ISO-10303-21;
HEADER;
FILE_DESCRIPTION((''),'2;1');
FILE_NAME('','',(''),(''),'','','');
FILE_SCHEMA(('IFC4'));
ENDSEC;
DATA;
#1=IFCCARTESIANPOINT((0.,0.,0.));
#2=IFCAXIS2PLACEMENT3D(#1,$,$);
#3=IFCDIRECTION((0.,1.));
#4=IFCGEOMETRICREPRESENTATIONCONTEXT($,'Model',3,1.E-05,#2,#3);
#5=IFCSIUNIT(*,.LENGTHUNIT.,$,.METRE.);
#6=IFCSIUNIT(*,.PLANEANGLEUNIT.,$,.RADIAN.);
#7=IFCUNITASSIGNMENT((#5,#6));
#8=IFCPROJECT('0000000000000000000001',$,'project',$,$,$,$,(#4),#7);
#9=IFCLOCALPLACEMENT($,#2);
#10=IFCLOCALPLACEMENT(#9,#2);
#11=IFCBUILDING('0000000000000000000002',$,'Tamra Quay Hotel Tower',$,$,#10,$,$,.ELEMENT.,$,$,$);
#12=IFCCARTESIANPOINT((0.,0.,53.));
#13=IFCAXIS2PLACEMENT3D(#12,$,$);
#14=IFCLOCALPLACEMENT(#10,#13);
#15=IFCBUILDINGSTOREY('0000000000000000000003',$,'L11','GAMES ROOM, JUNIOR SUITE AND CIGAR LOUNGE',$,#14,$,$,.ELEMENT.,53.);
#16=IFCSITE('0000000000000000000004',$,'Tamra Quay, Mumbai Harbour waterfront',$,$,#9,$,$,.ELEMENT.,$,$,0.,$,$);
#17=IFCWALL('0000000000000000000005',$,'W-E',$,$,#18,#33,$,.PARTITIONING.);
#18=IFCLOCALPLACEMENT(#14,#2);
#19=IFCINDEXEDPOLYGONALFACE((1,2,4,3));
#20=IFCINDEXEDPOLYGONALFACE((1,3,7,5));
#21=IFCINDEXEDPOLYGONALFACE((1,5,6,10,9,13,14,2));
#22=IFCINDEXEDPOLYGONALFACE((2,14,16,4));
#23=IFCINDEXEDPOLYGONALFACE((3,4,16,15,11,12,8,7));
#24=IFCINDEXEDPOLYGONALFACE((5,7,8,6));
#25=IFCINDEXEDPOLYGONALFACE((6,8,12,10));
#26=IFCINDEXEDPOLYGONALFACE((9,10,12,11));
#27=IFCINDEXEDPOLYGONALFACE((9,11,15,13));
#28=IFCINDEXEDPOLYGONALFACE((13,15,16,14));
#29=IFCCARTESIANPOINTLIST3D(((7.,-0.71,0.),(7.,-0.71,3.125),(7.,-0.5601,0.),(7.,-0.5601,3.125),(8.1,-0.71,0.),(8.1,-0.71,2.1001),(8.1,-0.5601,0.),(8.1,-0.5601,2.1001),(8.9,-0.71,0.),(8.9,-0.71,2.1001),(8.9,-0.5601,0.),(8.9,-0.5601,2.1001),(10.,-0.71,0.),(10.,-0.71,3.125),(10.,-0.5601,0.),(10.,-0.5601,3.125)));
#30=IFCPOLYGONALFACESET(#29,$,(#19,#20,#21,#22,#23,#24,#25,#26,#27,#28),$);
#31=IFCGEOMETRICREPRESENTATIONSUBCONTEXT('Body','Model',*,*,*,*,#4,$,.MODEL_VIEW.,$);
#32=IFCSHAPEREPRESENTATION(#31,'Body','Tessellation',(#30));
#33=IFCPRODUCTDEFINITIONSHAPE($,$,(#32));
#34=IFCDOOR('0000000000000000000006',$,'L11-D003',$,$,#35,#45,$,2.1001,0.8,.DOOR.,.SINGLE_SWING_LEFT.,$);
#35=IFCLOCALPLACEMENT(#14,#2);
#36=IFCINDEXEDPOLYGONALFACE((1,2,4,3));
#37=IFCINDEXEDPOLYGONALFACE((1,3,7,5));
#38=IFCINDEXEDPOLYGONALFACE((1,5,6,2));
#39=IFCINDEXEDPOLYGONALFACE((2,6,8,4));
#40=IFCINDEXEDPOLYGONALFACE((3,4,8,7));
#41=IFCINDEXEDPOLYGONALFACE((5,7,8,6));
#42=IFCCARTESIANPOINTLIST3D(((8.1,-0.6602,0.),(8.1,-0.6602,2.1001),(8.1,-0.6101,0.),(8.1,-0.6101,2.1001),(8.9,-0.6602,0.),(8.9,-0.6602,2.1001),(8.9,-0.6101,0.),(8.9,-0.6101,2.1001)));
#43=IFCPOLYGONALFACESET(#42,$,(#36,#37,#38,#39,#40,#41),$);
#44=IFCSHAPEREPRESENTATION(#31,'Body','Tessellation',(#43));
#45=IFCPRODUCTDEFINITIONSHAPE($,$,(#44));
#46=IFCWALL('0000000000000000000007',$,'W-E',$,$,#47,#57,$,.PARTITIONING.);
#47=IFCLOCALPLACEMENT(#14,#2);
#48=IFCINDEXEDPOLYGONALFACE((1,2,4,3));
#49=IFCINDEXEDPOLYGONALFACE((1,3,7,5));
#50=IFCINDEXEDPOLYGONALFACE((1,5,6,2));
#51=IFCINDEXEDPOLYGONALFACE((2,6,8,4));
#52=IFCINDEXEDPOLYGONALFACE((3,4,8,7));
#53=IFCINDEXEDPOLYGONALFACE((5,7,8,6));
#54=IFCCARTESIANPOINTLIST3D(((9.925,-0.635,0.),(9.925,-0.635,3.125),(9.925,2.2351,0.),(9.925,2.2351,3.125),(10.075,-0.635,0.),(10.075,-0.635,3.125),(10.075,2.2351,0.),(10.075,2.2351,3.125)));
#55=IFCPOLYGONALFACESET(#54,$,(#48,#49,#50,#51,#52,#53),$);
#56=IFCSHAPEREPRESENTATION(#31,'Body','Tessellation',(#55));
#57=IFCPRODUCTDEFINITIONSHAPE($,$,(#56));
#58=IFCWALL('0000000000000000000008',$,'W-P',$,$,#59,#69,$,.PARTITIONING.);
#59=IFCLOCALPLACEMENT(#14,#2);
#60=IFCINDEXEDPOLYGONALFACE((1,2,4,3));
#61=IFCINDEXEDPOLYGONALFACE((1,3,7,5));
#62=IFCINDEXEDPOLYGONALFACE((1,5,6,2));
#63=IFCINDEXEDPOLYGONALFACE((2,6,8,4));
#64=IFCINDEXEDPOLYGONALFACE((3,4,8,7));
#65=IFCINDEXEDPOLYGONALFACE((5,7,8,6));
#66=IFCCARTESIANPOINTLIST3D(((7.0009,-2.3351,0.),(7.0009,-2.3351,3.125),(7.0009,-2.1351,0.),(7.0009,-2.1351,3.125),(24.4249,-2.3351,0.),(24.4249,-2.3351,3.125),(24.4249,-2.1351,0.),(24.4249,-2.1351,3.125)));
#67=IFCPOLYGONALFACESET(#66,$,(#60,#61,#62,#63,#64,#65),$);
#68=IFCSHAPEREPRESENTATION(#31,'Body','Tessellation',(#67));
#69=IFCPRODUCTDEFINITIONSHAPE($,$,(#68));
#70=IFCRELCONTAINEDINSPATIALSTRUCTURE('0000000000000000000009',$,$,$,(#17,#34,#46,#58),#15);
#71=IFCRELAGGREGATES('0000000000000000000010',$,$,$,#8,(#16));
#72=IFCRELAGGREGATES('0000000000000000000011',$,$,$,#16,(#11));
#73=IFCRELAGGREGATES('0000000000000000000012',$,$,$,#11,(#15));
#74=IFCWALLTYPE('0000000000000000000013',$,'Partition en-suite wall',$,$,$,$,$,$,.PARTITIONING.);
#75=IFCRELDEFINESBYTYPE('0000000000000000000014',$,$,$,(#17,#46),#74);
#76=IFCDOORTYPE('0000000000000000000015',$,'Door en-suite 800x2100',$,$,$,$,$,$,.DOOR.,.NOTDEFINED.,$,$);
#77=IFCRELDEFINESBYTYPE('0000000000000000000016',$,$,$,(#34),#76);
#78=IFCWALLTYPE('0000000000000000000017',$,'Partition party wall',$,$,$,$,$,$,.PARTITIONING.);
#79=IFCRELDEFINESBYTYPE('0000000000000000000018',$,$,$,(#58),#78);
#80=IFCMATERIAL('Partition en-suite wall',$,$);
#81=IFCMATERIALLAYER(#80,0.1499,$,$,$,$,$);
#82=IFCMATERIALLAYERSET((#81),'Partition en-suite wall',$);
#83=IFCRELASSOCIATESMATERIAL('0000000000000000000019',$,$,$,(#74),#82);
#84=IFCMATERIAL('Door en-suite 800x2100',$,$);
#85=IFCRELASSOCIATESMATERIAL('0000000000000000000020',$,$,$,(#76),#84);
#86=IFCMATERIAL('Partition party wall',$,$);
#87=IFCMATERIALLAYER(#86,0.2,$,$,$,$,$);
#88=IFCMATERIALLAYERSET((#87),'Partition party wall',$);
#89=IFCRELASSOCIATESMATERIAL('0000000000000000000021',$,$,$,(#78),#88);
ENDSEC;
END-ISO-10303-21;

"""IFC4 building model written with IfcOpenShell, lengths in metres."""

from ifc_helpers import new_model, si_unit, direction, frame, frame_2d, origin, place, context, subcontext, project, spatial, rectangle, extrude, material, layer, layer_set, type_object, element, fill, save


model = new_model("IFC4")

# Units and contexts
model_context = context("Model", 3, precision=1e-05, world=origin(), true_north=direction((0.0, 1.0)))
body_context = subcontext(model_context, "Body", "Model", "MODEL_VIEW")
ifc_project = project(units=[si_unit("LENGTHUNIT", "METRE"), si_unit("PLANEANGLEUNIT", "RADIAN")], contexts=[model_context])

# Site, building, storey
site_placement = place(None, origin())
site = spatial("IfcSite", under=ifc_project, at=site_placement, Name="Tamra Quay, Mumbai Harbour waterfront", CompositionType="ELEMENT", RefElevation=0.0)
building_placement = place(site_placement, origin())
building = spatial("IfcBuilding", under=site, at=building_placement, Name="Tamra Quay Hotel Tower", CompositionType="ELEMENT")
storey_placement = place(building_placement, frame((0.0, 0.0, 53.0)))
storey = spatial("IfcBuildingStorey", under=building, at=storey_placement, Name="L11", Description="GAMES ROOM, JUNIOR SUITE AND CIGAR LOUNGE", CompositionType="ELEMENT", Elevation=53.0)

# Wall, opening, door
ifc_material_1 = material(Name="Partition en-suite wall")
ifc_layer_1 = layer(ifc_material_1, 0.1499)
ifc_layer_set_1 = layer_set([ifc_layer_1], Name="Partition en-suite wall")
wall_type_1 = type_object("IfcWallType", Name="Partition en-suite wall", PredefinedType="PARTITIONING", material=ifc_layer_set_1)
wall_1_placement = place(storey_placement, frame((7.0, -0.635, 0.0), z_axis=(0.0, 0.0, 1.0), x_axis=(1.0, 0.0, 0.0)))
wall_1 = element("IfcWall", 1, at=wall_1_placement, inside=storey, type_object=wall_type_1, Name="W-E", PredefinedType="PARTITIONING", context=body_context, shape_type="SweptSolid", body=[
    extrude(rectangle(XDim=3.0, YDim=0.1499, at=frame_2d((1.5, 0.0))), origin(), (0.0, 0.0, 1.0), 3.125),
])
opening_1_placement = place(wall_1_placement, frame((1.1001, 0.0, 0.0)))
opening_1 = element("IfcOpeningElement", 2, at=opening_1_placement, cuts=wall_1, PredefinedType="OPENING", context=body_context, shape_type="SweptSolid", body=[
    extrude(rectangle(XDim=0.8, YDim=2.1001, at=frame_2d((0.3999, 1.05))), frame((0.0, 0.085, 0.0), z_axis=(0.0, -1.0, 0.0), x_axis=(1.0, 0.0, 0.0)), (0.0, 0.0, 1.0), 0.1699),
])
ifc_material_2 = material(Name="Door en-suite 800x2100")
door_type_1 = type_object("IfcDoorType", Name="Door en-suite 800x2100", OperationType="NOTDEFINED", PredefinedType="DOOR", material=ifc_material_2)
door_1_placement = place(opening_1_placement, origin())
door_1 = element("IfcDoor", 3, at=door_1_placement, inside=storey, type_object=door_type_1, Name="L11-D003", OperationType="SINGLE_SWING_LEFT", OverallHeight=2.1001, OverallWidth=0.8, PredefinedType="DOOR", context=body_context, shape_type="SweptSolid", body=[
    extrude(rectangle(XDim=0.8, YDim=2.1001, at=frame_2d((0.3999, 1.05))), frame((0.0, 0.0249, 0.0), z_axis=(0.0, -1.0, 0.0), x_axis=(1.0, 0.0, 0.0)), (0.0, 0.0, 1.0), 0.05),
])
fill(opening_1, door_1)

# Walls
wall_2_placement = place(storey_placement, frame((10.0, -0.635, 0.0), z_axis=(0.0, 0.0, 1.0), x_axis=(0.0, 1.0, 0.0)))
element("IfcWall", 4, at=wall_2_placement, inside=storey, type_object=wall_type_1, Name="W-E", PredefinedType="PARTITIONING", context=body_context, shape_type="SweptSolid", body=[
    extrude(rectangle(XDim=2.8701, YDim=0.1499, at=frame_2d((1.4351, 0.0))), origin(), (0.0, 0.0, 1.0), 3.125),
])
ifc_material_3 = material(Name="Partition party wall")
ifc_layer_2 = layer(ifc_material_3, 0.2)
ifc_layer_set_2 = layer_set([ifc_layer_2], Name="Partition party wall")
wall_type_2 = type_object("IfcWallType", Name="Partition party wall", PredefinedType="PARTITIONING", material=ifc_layer_set_2)
wall_3_placement = place(storey_placement, frame((7.001, -2.2351, 0.0), z_axis=(0.0, 0.0, 1.0), x_axis=(1.0, 0.0, 0.0)))
element("IfcWall", 5, at=wall_3_placement, inside=storey, type_object=wall_type_2, Name="W-P", PredefinedType="PARTITIONING", context=body_context, shape_type="SweptSolid", body=[
    extrude(rectangle(XDim=17.4241, YDim=0.2, at=frame_2d((8.7119, 0.0))), origin(), (0.0, 0.0, 1.0), 3.125),
])

save(model, "model.ifc")
